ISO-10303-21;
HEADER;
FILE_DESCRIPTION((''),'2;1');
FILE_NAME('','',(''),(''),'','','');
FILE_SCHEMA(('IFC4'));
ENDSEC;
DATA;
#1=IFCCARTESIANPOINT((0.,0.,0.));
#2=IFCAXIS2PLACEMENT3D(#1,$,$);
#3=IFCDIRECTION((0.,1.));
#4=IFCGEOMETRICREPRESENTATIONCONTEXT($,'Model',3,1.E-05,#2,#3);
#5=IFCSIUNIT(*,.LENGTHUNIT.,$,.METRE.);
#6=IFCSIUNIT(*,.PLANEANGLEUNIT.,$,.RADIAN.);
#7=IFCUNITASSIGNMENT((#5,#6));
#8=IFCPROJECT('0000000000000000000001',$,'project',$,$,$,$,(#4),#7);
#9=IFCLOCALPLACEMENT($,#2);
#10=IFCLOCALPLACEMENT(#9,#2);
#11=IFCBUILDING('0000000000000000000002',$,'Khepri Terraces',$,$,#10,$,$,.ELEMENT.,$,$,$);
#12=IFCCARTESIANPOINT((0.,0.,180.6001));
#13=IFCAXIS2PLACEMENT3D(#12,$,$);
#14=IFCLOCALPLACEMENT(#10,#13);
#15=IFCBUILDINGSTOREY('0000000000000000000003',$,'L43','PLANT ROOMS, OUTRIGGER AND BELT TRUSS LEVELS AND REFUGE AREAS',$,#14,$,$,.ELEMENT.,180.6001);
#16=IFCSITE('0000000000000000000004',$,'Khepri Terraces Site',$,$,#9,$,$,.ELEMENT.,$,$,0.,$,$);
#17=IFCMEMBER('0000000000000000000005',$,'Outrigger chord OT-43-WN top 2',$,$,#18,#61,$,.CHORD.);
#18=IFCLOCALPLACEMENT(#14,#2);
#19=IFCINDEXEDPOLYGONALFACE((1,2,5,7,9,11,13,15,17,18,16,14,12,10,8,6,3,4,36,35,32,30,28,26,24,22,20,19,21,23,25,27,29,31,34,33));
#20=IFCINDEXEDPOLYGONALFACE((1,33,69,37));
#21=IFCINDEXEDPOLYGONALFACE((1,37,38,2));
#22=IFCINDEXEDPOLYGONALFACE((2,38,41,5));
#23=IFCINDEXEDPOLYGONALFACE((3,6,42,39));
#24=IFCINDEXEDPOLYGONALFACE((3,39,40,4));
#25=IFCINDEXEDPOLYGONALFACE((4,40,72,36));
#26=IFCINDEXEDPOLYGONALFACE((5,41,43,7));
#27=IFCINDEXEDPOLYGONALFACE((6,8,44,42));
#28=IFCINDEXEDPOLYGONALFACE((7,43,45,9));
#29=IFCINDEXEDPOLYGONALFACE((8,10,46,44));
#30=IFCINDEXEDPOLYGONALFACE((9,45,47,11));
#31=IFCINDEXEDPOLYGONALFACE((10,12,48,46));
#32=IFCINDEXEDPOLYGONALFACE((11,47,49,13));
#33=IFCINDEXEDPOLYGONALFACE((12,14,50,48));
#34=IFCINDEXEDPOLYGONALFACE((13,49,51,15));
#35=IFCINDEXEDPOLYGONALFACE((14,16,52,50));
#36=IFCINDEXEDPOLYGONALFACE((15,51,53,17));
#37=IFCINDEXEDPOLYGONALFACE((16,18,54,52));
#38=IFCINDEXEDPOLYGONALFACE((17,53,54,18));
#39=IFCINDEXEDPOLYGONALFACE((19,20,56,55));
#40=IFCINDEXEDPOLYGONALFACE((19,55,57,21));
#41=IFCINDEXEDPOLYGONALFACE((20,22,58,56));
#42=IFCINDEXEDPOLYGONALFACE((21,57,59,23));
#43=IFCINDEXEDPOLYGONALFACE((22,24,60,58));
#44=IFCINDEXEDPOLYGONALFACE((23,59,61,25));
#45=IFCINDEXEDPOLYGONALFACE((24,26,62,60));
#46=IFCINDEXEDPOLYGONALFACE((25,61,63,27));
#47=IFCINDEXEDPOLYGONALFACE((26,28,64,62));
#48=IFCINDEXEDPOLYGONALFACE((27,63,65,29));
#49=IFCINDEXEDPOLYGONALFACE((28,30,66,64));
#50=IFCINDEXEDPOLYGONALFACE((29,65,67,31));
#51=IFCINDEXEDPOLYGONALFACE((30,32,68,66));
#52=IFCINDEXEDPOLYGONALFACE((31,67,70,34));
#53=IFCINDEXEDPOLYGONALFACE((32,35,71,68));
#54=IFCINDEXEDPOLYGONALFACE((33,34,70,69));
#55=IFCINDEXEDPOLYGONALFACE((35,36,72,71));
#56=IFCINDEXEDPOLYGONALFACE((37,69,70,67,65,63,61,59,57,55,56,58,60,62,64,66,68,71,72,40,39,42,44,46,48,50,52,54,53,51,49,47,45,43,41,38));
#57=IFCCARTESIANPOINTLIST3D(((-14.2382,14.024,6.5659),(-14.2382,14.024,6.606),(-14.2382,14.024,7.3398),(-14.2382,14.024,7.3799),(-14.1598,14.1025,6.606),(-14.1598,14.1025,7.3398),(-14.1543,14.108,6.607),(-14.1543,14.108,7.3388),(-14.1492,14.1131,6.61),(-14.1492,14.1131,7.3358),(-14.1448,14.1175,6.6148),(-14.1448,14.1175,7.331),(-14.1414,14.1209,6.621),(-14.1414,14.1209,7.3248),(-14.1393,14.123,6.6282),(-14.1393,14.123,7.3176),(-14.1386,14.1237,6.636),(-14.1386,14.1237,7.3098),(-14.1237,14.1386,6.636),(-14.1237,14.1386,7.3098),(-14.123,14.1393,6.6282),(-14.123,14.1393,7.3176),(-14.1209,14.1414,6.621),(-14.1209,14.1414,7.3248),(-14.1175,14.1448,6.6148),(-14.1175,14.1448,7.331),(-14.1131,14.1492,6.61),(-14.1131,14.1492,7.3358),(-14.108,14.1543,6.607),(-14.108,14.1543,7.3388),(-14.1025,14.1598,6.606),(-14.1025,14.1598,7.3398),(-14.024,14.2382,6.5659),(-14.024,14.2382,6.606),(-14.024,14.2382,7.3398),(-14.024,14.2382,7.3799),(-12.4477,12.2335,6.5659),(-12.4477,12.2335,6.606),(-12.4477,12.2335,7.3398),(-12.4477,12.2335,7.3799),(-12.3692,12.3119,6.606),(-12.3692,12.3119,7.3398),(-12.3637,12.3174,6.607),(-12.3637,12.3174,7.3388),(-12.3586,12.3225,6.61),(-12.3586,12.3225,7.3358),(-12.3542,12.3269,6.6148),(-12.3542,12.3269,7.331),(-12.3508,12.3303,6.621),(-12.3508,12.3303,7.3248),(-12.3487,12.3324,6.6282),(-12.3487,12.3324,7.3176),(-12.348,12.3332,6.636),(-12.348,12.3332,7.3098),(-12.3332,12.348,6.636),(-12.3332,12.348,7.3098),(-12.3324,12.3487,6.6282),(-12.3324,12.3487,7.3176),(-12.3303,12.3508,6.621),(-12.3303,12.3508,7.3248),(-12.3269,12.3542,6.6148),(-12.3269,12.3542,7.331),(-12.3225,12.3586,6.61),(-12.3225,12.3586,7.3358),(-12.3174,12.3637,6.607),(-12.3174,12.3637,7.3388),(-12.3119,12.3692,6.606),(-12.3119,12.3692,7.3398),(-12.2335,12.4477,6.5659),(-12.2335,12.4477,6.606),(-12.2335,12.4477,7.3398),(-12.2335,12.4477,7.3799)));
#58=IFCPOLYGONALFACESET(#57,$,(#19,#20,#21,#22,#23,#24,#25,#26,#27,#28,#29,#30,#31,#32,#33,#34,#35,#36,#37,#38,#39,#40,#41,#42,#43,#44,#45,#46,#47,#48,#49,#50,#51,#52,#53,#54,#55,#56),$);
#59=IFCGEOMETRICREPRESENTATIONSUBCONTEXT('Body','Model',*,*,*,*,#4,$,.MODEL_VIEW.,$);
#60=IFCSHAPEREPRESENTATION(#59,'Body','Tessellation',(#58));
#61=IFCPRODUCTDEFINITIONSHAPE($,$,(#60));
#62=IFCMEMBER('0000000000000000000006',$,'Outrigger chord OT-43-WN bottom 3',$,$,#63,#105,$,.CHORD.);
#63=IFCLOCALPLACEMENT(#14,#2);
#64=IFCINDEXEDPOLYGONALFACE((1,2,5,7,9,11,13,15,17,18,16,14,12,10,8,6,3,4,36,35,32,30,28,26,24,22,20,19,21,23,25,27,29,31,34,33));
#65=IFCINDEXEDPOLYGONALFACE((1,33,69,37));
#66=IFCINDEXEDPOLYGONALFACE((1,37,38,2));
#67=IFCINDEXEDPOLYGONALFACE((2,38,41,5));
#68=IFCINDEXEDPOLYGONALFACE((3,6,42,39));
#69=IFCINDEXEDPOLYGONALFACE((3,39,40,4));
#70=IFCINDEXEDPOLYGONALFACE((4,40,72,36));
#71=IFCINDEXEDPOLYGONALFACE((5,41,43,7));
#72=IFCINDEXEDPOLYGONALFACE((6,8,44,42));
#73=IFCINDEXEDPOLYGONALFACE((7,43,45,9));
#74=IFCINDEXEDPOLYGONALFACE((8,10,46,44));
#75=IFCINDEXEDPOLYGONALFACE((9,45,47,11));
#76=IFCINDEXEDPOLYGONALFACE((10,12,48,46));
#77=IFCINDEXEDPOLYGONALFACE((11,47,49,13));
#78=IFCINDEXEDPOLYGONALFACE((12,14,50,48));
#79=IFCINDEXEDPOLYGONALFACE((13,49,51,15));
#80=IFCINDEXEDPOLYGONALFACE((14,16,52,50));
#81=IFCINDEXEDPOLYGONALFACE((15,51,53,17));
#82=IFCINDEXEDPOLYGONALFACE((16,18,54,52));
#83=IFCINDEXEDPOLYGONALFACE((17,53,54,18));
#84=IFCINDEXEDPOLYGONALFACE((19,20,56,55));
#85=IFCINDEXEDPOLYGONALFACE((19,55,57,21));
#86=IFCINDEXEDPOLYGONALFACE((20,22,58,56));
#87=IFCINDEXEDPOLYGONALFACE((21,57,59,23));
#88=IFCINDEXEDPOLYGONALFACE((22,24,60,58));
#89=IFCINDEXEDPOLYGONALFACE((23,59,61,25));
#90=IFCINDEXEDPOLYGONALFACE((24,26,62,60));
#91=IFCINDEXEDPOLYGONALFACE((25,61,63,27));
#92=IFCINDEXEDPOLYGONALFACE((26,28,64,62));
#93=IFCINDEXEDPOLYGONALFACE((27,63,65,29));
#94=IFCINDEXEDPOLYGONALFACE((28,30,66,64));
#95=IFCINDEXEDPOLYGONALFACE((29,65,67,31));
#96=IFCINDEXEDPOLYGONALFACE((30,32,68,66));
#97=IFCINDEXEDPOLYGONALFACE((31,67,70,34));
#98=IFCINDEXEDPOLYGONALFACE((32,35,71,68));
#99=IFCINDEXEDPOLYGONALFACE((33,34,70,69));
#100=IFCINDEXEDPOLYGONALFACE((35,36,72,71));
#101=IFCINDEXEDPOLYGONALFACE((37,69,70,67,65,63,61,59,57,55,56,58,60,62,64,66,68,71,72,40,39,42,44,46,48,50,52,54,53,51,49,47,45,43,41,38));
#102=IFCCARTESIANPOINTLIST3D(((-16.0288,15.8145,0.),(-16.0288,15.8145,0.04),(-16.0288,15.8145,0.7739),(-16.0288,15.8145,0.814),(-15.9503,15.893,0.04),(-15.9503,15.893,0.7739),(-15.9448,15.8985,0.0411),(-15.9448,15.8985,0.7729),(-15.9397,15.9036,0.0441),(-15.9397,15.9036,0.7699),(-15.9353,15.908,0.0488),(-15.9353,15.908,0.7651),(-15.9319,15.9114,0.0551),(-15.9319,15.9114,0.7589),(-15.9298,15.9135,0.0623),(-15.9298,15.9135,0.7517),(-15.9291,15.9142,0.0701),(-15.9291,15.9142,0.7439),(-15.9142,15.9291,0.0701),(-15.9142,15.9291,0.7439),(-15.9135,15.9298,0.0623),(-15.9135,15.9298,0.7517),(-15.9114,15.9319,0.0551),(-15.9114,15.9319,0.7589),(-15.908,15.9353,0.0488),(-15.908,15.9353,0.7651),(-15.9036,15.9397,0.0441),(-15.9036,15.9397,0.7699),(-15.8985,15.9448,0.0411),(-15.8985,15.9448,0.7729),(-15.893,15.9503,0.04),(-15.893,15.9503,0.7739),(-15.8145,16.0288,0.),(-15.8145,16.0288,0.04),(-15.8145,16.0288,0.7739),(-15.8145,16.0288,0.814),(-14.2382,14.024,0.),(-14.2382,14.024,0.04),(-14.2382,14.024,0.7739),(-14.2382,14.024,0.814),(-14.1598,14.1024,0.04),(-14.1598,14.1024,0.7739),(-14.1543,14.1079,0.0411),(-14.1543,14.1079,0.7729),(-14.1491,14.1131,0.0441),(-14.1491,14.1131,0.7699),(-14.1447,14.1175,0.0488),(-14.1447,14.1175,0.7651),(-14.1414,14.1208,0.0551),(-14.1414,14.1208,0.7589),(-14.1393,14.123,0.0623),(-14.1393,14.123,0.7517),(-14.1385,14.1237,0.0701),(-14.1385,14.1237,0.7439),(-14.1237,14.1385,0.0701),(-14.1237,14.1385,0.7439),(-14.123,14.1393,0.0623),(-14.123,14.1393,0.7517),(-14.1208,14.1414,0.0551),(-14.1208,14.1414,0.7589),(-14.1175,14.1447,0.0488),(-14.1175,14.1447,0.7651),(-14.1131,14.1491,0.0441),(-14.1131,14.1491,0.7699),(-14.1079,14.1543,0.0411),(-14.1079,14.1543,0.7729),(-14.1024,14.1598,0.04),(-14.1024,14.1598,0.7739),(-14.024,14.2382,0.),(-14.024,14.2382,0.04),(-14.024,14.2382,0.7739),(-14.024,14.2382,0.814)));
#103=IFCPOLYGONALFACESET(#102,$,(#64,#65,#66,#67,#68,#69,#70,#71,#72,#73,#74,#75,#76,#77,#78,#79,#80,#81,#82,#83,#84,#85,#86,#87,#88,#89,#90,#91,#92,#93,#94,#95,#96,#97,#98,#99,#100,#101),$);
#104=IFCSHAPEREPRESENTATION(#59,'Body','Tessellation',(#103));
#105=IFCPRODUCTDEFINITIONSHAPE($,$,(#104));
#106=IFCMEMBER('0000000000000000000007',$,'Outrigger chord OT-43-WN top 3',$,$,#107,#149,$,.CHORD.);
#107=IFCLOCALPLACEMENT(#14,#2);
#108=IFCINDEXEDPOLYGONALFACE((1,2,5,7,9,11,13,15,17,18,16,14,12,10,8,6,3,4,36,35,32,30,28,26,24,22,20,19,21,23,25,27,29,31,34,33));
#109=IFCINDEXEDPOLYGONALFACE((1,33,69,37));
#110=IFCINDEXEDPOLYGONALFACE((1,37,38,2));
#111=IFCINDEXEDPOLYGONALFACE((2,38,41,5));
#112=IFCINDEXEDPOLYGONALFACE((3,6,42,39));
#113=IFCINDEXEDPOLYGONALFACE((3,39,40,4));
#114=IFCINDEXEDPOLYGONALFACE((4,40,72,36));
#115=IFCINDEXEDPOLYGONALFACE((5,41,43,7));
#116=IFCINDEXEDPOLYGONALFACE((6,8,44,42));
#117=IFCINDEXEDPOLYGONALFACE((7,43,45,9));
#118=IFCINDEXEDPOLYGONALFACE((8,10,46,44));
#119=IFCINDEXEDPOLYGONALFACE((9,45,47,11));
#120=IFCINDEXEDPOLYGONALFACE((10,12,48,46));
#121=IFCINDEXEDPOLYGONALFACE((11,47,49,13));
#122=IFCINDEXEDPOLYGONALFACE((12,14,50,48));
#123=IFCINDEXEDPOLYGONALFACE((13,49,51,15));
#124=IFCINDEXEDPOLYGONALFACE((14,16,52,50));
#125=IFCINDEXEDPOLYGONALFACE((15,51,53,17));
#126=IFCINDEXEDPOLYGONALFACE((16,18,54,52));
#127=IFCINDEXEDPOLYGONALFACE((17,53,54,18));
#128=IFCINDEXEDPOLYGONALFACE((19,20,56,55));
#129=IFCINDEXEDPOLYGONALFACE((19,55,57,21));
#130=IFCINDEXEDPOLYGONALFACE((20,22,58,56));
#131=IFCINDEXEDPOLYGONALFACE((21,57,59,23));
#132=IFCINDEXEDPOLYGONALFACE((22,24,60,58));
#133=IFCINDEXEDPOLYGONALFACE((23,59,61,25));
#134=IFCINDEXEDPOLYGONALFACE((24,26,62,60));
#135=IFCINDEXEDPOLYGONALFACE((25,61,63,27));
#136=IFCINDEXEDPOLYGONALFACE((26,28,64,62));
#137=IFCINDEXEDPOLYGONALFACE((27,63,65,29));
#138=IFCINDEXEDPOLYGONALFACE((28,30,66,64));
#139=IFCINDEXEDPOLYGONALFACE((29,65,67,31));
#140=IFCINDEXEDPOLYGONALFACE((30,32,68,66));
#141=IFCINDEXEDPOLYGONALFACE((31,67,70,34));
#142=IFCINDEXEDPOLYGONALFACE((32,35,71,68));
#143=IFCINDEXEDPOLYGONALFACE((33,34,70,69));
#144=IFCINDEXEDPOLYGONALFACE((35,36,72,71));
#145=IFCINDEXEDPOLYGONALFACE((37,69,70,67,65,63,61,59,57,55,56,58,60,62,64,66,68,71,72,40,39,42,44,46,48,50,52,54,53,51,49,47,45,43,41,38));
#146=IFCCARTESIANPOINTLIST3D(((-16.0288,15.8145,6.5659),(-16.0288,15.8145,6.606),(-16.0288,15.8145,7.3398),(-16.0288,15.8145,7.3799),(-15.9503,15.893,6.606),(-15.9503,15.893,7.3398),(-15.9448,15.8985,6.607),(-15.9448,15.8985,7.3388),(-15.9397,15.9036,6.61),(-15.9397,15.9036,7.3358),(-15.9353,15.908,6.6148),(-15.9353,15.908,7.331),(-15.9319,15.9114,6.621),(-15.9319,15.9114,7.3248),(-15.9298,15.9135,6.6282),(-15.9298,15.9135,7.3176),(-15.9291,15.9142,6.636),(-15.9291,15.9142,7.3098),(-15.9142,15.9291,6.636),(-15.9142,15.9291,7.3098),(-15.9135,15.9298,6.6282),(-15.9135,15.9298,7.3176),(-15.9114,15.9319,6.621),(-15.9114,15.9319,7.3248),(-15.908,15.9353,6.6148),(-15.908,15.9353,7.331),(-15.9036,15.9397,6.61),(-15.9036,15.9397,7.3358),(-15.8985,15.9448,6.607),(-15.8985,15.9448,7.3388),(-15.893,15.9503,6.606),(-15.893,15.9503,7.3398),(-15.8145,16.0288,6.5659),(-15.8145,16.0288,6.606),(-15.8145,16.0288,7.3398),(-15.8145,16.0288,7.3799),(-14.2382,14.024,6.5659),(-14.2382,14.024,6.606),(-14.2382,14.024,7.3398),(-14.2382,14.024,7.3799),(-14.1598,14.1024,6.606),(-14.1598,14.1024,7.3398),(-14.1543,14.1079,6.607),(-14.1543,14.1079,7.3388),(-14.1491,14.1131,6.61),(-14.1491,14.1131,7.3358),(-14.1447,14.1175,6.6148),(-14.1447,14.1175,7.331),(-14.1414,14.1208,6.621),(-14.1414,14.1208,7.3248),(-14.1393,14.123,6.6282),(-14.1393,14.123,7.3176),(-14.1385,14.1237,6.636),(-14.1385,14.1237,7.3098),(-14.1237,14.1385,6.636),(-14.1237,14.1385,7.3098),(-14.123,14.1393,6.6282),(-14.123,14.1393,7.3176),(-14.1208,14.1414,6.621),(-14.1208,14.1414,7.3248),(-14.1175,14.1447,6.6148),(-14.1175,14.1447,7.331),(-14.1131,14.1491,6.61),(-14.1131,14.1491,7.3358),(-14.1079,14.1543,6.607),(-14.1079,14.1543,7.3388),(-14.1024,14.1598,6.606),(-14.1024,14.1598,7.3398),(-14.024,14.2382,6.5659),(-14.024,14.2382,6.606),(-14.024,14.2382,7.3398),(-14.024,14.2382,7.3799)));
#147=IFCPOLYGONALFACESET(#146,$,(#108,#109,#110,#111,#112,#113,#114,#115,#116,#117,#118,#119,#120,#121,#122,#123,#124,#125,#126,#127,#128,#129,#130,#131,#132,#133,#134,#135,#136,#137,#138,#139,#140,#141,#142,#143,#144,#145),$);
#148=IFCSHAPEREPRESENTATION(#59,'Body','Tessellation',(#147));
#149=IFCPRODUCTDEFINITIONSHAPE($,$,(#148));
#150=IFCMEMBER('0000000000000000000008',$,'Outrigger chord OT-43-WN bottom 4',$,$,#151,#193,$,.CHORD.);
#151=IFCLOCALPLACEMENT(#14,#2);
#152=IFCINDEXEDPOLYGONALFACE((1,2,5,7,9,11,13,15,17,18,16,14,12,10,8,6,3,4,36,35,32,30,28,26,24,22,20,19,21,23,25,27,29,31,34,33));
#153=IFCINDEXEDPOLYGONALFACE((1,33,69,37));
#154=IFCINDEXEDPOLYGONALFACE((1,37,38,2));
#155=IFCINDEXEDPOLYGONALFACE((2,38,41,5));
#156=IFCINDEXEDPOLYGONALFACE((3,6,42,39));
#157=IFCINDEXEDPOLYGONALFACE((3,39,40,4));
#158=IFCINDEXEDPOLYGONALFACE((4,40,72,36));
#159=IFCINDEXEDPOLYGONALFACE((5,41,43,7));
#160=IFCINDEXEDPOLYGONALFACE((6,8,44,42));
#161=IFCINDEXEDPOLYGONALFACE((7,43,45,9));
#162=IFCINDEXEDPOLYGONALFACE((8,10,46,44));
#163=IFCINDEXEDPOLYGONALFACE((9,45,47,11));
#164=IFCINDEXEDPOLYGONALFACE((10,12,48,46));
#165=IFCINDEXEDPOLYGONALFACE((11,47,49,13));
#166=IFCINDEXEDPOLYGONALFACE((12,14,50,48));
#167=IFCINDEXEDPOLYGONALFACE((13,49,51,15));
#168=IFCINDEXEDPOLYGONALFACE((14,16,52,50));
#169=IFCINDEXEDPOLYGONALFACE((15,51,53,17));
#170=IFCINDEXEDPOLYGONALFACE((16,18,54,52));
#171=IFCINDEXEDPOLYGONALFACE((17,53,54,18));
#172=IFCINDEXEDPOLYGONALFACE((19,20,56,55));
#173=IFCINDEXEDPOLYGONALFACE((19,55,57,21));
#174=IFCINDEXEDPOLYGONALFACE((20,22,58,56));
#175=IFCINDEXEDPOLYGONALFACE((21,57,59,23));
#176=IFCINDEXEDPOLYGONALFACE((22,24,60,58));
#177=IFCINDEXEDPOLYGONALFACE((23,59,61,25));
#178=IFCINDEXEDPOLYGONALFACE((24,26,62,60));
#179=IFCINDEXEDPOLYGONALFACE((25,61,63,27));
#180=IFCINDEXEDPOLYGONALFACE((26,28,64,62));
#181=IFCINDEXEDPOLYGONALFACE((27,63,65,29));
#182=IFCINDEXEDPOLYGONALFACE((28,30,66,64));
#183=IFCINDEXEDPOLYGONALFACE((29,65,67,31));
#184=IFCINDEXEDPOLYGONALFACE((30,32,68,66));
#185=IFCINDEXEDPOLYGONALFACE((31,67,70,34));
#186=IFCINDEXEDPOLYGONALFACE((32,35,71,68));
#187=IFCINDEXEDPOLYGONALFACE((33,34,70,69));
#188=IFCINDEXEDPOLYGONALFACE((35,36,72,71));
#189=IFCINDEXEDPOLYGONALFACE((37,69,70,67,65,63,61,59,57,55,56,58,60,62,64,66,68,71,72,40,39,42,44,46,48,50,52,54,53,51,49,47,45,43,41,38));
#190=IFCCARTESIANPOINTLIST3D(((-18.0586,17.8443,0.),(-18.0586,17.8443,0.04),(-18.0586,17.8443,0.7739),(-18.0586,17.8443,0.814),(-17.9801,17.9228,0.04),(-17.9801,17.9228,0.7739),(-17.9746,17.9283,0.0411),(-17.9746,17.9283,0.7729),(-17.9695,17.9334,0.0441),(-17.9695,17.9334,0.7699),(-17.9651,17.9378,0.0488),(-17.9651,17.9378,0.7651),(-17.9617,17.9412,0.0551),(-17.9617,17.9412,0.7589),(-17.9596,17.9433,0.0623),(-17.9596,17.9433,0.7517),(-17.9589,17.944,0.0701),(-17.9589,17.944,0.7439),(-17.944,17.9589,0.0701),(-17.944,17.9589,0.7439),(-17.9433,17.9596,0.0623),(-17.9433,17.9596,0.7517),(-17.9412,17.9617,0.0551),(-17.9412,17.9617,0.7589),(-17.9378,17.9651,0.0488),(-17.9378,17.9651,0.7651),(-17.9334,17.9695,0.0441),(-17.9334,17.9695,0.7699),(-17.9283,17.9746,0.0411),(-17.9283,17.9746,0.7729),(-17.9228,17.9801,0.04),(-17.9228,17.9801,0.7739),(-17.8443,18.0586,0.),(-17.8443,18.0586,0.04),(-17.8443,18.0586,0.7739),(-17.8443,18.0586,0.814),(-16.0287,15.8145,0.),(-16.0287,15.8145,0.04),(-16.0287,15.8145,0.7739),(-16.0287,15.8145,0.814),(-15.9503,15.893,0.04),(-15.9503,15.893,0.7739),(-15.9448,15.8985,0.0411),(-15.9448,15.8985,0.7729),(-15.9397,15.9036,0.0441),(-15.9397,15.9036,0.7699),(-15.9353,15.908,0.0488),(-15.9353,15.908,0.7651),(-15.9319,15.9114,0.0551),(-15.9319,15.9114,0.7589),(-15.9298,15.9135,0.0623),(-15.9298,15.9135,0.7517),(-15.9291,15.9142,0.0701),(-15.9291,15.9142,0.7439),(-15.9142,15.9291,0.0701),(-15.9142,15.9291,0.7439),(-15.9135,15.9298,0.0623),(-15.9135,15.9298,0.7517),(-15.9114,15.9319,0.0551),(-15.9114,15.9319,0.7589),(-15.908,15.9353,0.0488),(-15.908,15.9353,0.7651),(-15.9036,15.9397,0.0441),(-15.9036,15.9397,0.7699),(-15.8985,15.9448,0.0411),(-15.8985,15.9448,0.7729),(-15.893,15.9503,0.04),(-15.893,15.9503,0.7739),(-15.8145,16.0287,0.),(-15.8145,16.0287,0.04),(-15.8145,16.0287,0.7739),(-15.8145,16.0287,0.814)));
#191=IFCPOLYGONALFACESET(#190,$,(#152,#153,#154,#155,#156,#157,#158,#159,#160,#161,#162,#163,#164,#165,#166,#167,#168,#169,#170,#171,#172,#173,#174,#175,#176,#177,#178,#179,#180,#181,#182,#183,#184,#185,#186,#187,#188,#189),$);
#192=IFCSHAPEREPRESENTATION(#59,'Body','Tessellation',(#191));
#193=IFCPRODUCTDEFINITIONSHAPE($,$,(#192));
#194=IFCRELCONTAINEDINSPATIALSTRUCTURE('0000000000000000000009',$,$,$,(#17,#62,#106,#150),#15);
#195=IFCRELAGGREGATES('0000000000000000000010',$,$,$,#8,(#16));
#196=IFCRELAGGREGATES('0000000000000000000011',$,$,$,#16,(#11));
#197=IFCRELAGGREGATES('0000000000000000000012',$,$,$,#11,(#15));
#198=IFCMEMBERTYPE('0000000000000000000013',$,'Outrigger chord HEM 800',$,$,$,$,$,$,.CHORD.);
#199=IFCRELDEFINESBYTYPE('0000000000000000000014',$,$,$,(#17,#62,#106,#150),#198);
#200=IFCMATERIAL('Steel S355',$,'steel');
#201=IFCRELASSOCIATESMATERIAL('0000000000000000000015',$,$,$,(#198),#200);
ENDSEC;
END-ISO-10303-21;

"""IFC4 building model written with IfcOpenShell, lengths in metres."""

from ifc_helpers import new_model, si_unit, direction, frame, origin, origin_2d, place, context, subcontext, project, spatial, i_section, extrude, material, material_profile, profile_set, type_object, element, save


model = new_model("IFC4")

# Units and contexts
model_context = context("Model", 3, precision=1e-05, world=origin(), true_north=direction((0.0, 1.0)))
body_context = subcontext(model_context, "Body", "Model", "MODEL_VIEW")
ifc_project = project(units=[si_unit("LENGTHUNIT", "METRE"), si_unit("PLANEANGLEUNIT", "RADIAN")], contexts=[model_context])

# Site, building, storey
site_placement = place(None, origin())
site = spatial("IfcSite", under=ifc_project, at=site_placement, Name="Khepri Terraces Site", CompositionType="ELEMENT", RefElevation=0.0)
building_placement = place(site_placement, origin())
building = spatial("IfcBuilding", under=site, at=building_placement, Name="Khepri Terraces", CompositionType="ELEMENT")
storey_placement = place(building_placement, frame((0.0, 0.0, 180.6001)))
storey = spatial("IfcBuildingStorey", under=building, at=storey_placement, Name="L43", Description="PLANT ROOMS, OUTRIGGER AND BELT TRUSS LEVELS AND REFUGE AREAS", CompositionType="ELEMENT", Elevation=180.6001)

# Members
ifc_material_1 = material(Name="Steel S355", Category="steel")
ifc_material_profile_1 = material_profile(ifc_material_1, i_section(OverallWidth=0.303, OverallDepth=0.814, WebThickness=0.021, FlangeThickness=0.04, FilletRadius=0.03, at=origin_2d()), Name="Steel S355", Category="steel")
ifc_profile_set_1 = profile_set([ifc_material_profile_1], Name="Steel S355")
member_type_1 = type_object("IfcMemberType", Name="Outrigger chord HEM 800", PredefinedType="CHORD", material=ifc_profile_set_1)
for number, where, z_axis, x_axis, name in (
    (1, (-12.3406, 12.3406, 6.9729), (-0.707107, 0.707107, 0.0), (-0.707107, -0.707107, 0.0), "Outrigger chord OT-43-WN top 2"),
    (2, (-14.1311, 14.1311, 0.407), (-0.707107, 0.707107, 0.0), (-0.707107, -0.707107, 0.0), "Outrigger chord OT-43-WN bottom 3"),
    (3, (-14.1311, 14.1311, 6.9729), (-0.707107, 0.707107, 0.0), (-0.707107, -0.707107, 0.0), "Outrigger chord OT-43-WN top 3"),
):
    element("IfcMember", number, at=place(storey_placement, frame(where, z_axis=z_axis, x_axis=x_axis)), inside=storey, type_object=member_type_1, Name=name, PredefinedType="CHORD", context=body_context, shape_type="SweptSolid", body=[
        extrude(i_section(OverallWidth=0.303, OverallDepth=0.814, WebThickness=0.021, FlangeThickness=0.04, FilletRadius=0.03, at=origin_2d()), origin(), (0.0, 0.0, 1.0), 2.5322),
    ])
member_1_placement = place(storey_placement, frame((-15.9216, 15.9216, 0.407), z_axis=(-0.707107, 0.707107, 0.0), x_axis=(-0.707107, -0.707107, 0.0)))
element("IfcMember", 4, at=member_1_placement, inside=storey, type_object=member_type_1, Name="Outrigger chord OT-43-WN bottom 4", PredefinedType="CHORD", context=body_context, shape_type="SweptSolid", body=[
    extrude(i_section(OverallWidth=0.303, OverallDepth=0.814, WebThickness=0.021, FlangeThickness=0.04, FilletRadius=0.03, at=origin_2d()), origin(), (0.0, 0.0, 1.0), 2.8706),
])

save(model, "model.ifc")
